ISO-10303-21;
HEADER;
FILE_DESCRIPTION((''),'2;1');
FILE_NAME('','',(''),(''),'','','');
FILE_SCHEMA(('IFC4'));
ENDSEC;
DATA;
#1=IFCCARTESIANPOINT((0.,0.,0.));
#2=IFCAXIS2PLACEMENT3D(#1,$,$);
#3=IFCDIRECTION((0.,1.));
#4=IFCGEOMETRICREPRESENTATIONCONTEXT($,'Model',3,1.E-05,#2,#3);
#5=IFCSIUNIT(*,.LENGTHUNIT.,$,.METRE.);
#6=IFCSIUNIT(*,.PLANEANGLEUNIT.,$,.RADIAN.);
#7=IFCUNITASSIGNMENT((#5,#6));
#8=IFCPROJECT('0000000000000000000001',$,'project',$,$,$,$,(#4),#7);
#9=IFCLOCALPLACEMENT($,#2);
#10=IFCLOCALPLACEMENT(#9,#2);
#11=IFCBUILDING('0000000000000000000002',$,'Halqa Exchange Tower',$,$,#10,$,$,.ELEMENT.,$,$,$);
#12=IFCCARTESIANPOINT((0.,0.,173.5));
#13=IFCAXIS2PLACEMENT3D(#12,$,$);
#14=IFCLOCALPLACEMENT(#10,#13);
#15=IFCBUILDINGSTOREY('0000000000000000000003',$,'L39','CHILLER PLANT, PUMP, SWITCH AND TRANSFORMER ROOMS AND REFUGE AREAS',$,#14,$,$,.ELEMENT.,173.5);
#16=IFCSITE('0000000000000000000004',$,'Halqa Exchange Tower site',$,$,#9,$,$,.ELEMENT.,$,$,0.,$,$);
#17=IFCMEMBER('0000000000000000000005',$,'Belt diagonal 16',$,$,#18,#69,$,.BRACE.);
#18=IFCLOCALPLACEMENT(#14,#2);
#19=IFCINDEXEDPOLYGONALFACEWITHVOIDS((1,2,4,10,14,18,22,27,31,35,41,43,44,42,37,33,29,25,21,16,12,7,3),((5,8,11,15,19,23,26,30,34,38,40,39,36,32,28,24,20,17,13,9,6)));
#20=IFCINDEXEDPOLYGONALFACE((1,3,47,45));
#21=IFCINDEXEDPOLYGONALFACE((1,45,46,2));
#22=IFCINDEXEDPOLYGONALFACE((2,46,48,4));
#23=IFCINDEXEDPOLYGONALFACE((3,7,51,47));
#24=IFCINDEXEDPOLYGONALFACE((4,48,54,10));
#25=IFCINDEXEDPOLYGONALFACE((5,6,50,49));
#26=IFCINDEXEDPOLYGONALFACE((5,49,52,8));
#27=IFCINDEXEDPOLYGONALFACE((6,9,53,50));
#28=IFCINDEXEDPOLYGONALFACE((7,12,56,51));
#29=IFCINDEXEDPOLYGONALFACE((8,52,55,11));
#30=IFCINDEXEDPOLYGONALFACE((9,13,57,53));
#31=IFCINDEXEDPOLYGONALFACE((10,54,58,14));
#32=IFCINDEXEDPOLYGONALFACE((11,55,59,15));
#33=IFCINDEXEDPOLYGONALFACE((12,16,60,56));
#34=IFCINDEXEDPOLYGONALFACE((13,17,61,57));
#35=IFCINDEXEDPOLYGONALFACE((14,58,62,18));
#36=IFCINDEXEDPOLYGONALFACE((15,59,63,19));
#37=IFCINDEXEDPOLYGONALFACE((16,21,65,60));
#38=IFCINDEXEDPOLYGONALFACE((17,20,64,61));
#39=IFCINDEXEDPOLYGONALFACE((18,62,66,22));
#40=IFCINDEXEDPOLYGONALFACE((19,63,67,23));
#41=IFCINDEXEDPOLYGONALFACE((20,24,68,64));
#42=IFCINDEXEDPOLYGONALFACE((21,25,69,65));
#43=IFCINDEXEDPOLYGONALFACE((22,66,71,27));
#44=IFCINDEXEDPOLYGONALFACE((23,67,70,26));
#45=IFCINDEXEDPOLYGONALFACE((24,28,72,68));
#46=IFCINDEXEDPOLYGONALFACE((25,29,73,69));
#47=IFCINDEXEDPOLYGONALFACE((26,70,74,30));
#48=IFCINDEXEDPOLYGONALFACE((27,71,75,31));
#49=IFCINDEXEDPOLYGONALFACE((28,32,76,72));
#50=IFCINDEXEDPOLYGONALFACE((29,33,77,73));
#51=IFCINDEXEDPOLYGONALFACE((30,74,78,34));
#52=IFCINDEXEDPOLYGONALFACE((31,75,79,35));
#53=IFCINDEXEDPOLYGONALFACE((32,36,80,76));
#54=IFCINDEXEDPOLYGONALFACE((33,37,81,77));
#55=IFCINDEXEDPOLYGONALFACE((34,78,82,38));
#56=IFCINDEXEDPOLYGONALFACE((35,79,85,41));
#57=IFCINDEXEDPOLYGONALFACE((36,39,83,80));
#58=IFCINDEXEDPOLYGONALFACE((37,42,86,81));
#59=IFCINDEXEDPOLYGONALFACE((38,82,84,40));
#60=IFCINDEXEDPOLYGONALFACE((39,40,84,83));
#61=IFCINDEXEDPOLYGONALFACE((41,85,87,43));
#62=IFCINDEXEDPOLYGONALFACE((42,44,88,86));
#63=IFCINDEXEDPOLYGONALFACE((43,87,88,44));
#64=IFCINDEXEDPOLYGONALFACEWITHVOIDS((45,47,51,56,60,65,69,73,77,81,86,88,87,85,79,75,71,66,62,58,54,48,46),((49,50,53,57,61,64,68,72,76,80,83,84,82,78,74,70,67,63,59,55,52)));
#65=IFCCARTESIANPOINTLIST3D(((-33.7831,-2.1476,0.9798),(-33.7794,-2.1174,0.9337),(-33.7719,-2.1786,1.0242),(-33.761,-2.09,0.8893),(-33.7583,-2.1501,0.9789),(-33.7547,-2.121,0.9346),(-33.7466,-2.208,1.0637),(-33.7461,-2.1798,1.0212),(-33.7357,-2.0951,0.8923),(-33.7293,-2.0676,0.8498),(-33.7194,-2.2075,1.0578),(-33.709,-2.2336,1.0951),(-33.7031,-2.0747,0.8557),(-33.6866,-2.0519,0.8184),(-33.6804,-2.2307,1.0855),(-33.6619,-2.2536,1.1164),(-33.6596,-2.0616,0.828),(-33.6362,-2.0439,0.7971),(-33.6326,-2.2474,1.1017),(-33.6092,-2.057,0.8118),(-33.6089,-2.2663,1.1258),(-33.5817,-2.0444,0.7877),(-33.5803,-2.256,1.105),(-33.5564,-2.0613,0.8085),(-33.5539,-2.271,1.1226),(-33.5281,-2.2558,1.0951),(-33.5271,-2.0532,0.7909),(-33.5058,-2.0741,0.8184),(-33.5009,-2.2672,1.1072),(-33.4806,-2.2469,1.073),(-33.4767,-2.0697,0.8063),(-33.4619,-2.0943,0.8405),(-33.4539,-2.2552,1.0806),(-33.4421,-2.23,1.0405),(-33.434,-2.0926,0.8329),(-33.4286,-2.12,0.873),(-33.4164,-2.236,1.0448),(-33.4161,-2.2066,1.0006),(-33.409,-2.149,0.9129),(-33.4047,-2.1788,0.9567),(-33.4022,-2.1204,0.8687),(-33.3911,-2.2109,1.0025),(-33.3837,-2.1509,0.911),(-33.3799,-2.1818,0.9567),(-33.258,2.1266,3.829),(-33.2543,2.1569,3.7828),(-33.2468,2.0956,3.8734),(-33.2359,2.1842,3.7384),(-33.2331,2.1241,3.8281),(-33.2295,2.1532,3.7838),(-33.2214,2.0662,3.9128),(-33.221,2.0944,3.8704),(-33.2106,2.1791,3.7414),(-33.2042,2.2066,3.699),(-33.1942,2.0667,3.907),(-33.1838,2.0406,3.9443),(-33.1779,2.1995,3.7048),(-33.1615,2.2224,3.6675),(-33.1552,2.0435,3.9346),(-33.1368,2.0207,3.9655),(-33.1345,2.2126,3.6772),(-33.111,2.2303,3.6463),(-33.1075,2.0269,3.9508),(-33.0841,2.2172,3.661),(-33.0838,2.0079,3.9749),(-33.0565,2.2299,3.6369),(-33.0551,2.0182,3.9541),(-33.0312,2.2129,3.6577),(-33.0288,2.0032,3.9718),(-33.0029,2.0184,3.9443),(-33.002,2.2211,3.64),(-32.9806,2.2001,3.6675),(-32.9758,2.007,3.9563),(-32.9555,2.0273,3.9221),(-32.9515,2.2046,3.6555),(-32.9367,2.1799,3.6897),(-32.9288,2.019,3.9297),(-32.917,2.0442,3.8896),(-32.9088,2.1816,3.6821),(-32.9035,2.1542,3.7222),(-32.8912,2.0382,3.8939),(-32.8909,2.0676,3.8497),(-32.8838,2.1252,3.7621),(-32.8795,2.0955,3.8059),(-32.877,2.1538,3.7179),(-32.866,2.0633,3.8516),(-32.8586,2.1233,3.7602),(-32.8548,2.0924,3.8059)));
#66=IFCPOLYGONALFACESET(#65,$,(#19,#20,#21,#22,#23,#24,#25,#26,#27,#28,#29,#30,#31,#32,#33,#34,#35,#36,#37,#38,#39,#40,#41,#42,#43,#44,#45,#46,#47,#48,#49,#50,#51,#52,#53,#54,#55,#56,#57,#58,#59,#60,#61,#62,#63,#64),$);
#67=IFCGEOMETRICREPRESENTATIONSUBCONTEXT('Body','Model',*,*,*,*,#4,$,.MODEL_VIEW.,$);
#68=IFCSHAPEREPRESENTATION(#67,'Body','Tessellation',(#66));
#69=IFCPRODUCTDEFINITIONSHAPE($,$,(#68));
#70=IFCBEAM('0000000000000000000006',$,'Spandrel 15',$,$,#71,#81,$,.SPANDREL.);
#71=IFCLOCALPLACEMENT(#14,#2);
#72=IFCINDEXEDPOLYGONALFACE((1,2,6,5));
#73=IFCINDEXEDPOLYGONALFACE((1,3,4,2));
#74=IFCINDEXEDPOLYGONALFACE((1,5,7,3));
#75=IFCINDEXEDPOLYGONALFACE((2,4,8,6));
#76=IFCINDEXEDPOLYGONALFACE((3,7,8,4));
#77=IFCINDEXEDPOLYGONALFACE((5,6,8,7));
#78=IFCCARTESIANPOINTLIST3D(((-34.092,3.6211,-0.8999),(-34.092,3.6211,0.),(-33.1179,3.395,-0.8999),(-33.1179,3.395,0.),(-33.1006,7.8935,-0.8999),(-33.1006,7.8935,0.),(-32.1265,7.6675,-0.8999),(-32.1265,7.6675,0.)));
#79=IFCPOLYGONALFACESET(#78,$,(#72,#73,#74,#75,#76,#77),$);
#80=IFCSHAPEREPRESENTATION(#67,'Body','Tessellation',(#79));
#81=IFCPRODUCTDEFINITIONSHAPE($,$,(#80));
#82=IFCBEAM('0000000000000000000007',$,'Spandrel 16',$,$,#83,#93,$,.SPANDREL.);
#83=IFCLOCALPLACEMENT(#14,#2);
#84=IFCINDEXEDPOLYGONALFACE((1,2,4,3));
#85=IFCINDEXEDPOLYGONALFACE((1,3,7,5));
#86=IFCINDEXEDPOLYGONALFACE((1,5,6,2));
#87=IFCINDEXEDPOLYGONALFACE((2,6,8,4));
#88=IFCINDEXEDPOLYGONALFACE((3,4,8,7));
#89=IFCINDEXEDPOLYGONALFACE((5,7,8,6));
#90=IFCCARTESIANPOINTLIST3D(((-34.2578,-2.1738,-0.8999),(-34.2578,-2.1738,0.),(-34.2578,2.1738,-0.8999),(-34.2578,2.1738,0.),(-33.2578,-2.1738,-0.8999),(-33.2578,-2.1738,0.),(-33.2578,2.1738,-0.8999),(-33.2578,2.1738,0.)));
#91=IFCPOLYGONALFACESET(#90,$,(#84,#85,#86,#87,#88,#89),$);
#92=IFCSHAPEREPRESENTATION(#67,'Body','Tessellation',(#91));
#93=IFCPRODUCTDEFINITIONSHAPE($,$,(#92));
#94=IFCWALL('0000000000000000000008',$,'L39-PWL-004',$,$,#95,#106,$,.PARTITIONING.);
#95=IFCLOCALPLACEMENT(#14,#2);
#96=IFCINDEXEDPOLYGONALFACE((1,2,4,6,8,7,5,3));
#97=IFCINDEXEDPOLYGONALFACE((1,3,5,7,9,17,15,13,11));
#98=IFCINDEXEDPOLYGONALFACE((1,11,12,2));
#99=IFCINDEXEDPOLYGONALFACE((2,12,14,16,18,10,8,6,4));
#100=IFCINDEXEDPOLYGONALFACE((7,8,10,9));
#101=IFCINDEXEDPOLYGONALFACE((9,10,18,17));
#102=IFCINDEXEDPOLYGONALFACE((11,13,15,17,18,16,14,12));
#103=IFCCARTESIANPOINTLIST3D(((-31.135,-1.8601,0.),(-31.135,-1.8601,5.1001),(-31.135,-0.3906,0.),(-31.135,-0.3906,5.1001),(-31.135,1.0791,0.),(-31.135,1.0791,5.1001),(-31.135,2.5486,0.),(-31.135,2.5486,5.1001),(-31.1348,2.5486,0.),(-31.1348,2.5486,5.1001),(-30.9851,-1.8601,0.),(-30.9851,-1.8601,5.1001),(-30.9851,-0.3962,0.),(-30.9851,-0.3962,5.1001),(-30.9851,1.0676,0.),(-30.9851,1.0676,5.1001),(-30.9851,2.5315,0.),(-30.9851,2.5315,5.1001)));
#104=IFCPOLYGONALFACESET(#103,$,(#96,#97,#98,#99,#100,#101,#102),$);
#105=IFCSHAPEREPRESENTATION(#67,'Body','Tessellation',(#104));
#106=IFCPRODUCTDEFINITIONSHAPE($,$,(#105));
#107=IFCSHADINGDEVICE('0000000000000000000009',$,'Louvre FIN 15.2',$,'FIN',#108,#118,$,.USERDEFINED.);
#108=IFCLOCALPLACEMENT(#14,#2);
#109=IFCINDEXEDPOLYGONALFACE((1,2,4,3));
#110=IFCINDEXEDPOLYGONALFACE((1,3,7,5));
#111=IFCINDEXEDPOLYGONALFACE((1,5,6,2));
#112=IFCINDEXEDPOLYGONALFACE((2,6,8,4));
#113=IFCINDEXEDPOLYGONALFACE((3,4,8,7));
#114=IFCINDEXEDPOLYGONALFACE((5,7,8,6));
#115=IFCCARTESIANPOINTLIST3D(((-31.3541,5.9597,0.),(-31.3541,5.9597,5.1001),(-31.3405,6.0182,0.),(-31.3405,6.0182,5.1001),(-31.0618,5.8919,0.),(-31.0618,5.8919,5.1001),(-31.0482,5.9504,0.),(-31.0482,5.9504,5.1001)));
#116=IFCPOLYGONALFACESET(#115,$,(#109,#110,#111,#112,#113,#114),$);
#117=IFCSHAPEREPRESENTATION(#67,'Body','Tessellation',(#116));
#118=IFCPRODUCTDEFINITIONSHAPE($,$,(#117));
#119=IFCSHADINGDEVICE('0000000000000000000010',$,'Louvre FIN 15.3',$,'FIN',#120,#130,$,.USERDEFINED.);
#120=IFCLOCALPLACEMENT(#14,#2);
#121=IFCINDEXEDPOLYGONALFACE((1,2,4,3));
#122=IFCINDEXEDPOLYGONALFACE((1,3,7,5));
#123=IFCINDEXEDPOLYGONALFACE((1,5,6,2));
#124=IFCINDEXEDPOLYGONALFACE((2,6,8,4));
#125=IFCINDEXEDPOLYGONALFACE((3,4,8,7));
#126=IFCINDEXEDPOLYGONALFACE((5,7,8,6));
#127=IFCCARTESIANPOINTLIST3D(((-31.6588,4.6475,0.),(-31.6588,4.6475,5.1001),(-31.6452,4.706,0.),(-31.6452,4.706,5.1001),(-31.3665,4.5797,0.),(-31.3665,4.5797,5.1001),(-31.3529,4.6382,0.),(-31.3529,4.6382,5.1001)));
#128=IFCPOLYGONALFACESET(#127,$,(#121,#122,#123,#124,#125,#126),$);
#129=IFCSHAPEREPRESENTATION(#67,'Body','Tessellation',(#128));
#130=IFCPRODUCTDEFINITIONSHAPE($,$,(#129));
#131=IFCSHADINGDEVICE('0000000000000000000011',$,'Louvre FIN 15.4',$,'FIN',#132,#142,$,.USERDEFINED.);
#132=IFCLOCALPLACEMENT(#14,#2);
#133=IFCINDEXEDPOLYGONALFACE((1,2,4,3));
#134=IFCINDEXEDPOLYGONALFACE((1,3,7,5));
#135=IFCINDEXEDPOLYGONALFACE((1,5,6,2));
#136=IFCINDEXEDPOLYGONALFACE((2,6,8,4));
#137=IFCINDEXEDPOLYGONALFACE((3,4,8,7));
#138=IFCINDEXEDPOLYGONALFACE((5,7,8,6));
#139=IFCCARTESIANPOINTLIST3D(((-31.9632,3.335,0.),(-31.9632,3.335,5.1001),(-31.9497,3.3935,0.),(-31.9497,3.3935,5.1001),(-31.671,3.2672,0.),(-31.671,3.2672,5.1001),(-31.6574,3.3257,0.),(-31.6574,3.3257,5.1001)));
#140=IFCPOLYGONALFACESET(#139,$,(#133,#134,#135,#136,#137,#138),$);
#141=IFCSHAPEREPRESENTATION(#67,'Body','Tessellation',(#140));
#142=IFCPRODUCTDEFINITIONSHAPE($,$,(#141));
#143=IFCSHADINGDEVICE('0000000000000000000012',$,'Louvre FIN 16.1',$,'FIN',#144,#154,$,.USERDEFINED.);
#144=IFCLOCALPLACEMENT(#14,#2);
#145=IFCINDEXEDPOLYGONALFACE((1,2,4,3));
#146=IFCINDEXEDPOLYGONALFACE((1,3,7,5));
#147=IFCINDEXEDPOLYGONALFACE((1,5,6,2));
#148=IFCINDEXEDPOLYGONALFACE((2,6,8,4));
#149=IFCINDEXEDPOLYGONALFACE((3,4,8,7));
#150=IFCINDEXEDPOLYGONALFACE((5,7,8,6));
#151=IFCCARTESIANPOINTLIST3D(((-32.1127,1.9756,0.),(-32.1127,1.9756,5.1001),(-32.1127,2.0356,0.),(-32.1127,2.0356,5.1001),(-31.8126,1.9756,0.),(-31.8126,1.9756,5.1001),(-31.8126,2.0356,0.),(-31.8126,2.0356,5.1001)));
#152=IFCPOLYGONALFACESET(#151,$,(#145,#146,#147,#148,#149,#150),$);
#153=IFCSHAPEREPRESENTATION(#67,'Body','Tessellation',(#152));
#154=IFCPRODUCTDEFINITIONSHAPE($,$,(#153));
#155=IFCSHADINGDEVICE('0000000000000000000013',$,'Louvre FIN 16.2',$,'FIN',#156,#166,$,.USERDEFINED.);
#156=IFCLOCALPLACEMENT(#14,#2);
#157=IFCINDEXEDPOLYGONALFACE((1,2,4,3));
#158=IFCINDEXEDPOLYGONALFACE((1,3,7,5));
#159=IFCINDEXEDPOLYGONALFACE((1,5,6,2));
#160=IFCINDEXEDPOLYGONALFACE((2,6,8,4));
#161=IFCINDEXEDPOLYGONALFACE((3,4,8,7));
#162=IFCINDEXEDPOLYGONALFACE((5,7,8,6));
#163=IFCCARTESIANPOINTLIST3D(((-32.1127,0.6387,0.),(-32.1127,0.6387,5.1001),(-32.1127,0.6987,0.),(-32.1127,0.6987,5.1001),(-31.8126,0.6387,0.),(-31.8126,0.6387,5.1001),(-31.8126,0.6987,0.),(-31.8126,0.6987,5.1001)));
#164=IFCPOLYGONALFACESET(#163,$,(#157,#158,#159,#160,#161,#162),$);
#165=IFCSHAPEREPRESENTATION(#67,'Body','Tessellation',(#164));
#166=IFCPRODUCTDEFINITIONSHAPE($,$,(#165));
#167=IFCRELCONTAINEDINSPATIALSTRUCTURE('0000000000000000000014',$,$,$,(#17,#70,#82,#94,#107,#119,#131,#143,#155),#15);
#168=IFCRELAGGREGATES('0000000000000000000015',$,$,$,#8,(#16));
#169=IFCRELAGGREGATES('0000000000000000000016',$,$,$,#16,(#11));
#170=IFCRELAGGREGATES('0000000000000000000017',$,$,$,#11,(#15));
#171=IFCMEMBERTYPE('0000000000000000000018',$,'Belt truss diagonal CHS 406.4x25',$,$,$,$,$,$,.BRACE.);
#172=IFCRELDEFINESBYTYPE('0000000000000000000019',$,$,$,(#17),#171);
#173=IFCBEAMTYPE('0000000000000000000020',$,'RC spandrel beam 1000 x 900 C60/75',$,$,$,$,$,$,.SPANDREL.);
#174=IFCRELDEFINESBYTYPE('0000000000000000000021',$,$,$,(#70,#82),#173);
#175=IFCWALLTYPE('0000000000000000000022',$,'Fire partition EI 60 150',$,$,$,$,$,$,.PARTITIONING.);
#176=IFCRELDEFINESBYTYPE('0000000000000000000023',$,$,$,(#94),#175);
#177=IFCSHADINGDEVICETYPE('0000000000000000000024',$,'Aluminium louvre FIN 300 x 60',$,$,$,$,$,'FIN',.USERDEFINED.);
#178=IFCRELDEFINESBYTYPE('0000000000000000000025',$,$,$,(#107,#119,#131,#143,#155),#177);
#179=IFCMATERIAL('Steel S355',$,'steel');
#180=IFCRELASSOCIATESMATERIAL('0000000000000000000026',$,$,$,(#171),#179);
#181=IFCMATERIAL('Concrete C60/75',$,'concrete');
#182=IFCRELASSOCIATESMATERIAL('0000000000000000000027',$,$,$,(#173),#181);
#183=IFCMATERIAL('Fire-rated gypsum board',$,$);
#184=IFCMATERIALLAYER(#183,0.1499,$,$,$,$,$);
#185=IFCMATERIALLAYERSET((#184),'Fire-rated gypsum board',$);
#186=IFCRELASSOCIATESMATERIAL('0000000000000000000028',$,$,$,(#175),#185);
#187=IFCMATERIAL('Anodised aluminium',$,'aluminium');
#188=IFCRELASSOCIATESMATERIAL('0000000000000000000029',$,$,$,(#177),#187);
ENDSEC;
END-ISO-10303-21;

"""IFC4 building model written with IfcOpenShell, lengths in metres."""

from ifc_helpers import new_model, si_unit, direction, frame, origin, origin_2d, place, context, subcontext, project, spatial, polyline, rectangle, hollow_circle, outline, extrude, material, layer, layer_set, material_profile, profile_set, type_object, element, save


model = new_model("IFC4")

# Units and contexts
model_context = context("Model", 3, precision=1e-05, world=origin(), true_north=direction((0.0, 1.0)))
body_context = subcontext(model_context, "Body", "Model", "MODEL_VIEW")
ifc_project = project(units=[si_unit("LENGTHUNIT", "METRE"), si_unit("PLANEANGLEUNIT", "RADIAN")], contexts=[model_context])

# Site, building, storey
site_placement = place(None, origin())
site = spatial("IfcSite", under=ifc_project, at=site_placement, Name="Halqa Exchange Tower site", CompositionType="ELEMENT", RefElevation=0.0)
building_placement = place(site_placement, origin())
building = spatial("IfcBuilding", under=site, at=building_placement, Name="Halqa Exchange Tower", CompositionType="ELEMENT")
storey_placement = place(building_placement, frame((0.0, 0.0, 173.5)))
storey = spatial("IfcBuildingStorey", under=building, at=storey_placement, Name="L39", Description="CHILLER PLANT, PUMP, SWITCH AND TRANSFORMER ROOMS AND REFUGE AREAS", CompositionType="ELEMENT", Elevation=173.5)

# Member
ifc_material_1 = material(Name="Steel S355", Category="steel")
ifc_material_profile_1 = material_profile(ifc_material_1, hollow_circle(Radius=0.2031, WallThickness=0.0249, at=origin_2d()), Name="CHS 406.4x25")
ifc_profile_set_1 = profile_set([ifc_material_profile_1], Name="Steel S355")
member_type_1 = type_object("IfcMemberType", Name="Belt truss diagonal CHS 406.4x25", PredefinedType="BRACE", material=ifc_profile_set_1)
member_1_placement = place(storey_placement, frame((-33.0564, 2.1172, 3.8059), z_axis=(-0.101703, -0.827765, -0.55178), x_axis=(0.992536, -0.121948, 0.0)))
element("IfcMember", 1, at=member_1_placement, inside=storey, type_object=member_type_1, Name="Belt diagonal 16", PredefinedType="BRACE", context=body_context, shape_type="SweptSolid", body=[
    extrude(hollow_circle(Radius=0.2031, WallThickness=0.0249, at=origin_2d()), origin(), (0.0, 0.0, 1.0), 5.1636),
])

# Beams
ifc_material_2 = material(Name="Concrete C60/75", Category="concrete")
ifc_material_profile_2 = material_profile(ifc_material_2, rectangle(XDim=1.0, YDim=0.8999, at=origin_2d()), Name="1000 x 900")
ifc_profile_set_2 = profile_set([ifc_material_profile_2], Name="Concrete C60/75")
beam_type = type_object("IfcBeamType", Name="RC spandrel beam 1000 x 900 C60/75", PredefinedType="SPANDREL", material=ifc_profile_set_2)
beam_1_placement = place(storey_placement, frame((-32.6135, 7.7805, -0.45), z_axis=(-0.22605, -0.974116, 0.0), x_axis=(0.974116, -0.22605, 0.0)))
element("IfcBeam", 2, at=beam_1_placement, inside=storey, type_object=beam_type, Name="Spandrel 15", PredefinedType="SPANDREL", context=body_context, shape_type="SweptSolid", body=[
    extrude(rectangle(XDim=1.0, YDim=0.8999, at=origin_2d()), origin(), (0.0, 0.0, 1.0), 4.386),
])
beam_2_placement = place(storey_placement, frame((-33.7578, 2.1738, -0.45), z_axis=(0.0, -1.0, 0.0), x_axis=(1.0, 0.0, 0.0)))
element("IfcBeam", 3, at=beam_2_placement, inside=storey, type_object=beam_type, Name="Spandrel 16", PredefinedType="SPANDREL", context=body_context, shape_type="SweptSolid", body=[
    extrude(rectangle(XDim=1.0, YDim=0.8999, at=origin_2d()), origin(), (0.0, 0.0, 1.0), 4.3477),
])

# Wall
ifc_material_3 = material(Name="Fire-rated gypsum board")
ifc_layer_1 = layer(ifc_material_3, 0.1499)
ifc_layer_set_1 = layer_set([ifc_layer_1], Name="Fire-rated gypsum board")
wall_type = type_object("IfcWallType", Name="Fire partition EI 60 150", PredefinedType="PARTITIONING", material=ifc_layer_set_1)
wall_placement = place(storey_placement, frame((-31.0601, 2.5486, 0.0), z_axis=(0.0, 0.0, 1.0), x_axis=(0.0, -1.0, 0.0)))
element("IfcWall", 4, at=wall_placement, inside=storey, type_object=wall_type, Name="L39-PWL-004", PredefinedType="PARTITIONING", context=body_context, shape_type="SweptSolid", body=[
    extrude(outline(polyline([(4.4087, 0.075), (2.9448, 0.075), (1.481, 0.075), (0.0171, 0.075), (0.0, -0.0747), (0.0, -0.075), (1.4695, -0.075), (2.9392, -0.075), (4.4087, -0.075), (4.4087, 0.075)])), origin(), (0.0, 0.0, 1.0), 5.1001),
])

# Shading devices
ifc_material_4 = material(Name="Anodised aluminium", Category="aluminium")
ifc_material_profile_3 = material_profile(ifc_material_4, rectangle(XDim=0.3, YDim=0.0601, at=origin_2d()), Name="AL FIN 300x60")
ifc_profile_set_3 = profile_set([ifc_material_profile_3], Name="Anodised aluminium")
shading_device_type = type_object("IfcShadingDeviceType", Name="Aluminium louvre FIN 300 x 60", ElementType="FIN", PredefinedType="USERDEFINED", material=ifc_profile_set_3)
for number, where, z_axis, x_axis, name in (
    (5, (-31.2012, 5.9551, 0.0), (0.0, 0.0, 1.0), (0.974112, -0.226066, 0.0), "Louvre FIN 15.2"),
    (6, (-31.5059, 4.6428, 0.0), (0.0, 0.0, 1.0), (0.974112, -0.226066, 0.0), "Louvre FIN 15.3"),
    (7, (-31.8103, 3.3303, 0.0), (0.0, 0.0, 1.0), (0.974112, -0.226066, 0.0), "Louvre FIN 15.4"),
    (8, (-31.9626, 2.0056, 0.0), (0.0, 0.0, 1.0), (1.0, 0.0, 0.0), "Louvre FIN 16.1"),
    (9, (-31.9626, 0.6687, 0.0), (0.0, 0.0, 1.0), (1.0, 0.0, 0.0), "Louvre FIN 16.2"),
):
    element("IfcShadingDevice", number, at=place(storey_placement, frame(where, z_axis=z_axis, x_axis=x_axis)), inside=storey, type_object=shading_device_type, Name=name, ObjectType="FIN", PredefinedType="USERDEFINED", context=body_context, shape_type="SweptSolid", body=[
        extrude(rectangle(XDim=0.3, YDim=0.0601, at=origin_2d()), origin(), (0.0, 0.0, 1.0), 5.1001),
    ])

save(model, "model.ifc")
